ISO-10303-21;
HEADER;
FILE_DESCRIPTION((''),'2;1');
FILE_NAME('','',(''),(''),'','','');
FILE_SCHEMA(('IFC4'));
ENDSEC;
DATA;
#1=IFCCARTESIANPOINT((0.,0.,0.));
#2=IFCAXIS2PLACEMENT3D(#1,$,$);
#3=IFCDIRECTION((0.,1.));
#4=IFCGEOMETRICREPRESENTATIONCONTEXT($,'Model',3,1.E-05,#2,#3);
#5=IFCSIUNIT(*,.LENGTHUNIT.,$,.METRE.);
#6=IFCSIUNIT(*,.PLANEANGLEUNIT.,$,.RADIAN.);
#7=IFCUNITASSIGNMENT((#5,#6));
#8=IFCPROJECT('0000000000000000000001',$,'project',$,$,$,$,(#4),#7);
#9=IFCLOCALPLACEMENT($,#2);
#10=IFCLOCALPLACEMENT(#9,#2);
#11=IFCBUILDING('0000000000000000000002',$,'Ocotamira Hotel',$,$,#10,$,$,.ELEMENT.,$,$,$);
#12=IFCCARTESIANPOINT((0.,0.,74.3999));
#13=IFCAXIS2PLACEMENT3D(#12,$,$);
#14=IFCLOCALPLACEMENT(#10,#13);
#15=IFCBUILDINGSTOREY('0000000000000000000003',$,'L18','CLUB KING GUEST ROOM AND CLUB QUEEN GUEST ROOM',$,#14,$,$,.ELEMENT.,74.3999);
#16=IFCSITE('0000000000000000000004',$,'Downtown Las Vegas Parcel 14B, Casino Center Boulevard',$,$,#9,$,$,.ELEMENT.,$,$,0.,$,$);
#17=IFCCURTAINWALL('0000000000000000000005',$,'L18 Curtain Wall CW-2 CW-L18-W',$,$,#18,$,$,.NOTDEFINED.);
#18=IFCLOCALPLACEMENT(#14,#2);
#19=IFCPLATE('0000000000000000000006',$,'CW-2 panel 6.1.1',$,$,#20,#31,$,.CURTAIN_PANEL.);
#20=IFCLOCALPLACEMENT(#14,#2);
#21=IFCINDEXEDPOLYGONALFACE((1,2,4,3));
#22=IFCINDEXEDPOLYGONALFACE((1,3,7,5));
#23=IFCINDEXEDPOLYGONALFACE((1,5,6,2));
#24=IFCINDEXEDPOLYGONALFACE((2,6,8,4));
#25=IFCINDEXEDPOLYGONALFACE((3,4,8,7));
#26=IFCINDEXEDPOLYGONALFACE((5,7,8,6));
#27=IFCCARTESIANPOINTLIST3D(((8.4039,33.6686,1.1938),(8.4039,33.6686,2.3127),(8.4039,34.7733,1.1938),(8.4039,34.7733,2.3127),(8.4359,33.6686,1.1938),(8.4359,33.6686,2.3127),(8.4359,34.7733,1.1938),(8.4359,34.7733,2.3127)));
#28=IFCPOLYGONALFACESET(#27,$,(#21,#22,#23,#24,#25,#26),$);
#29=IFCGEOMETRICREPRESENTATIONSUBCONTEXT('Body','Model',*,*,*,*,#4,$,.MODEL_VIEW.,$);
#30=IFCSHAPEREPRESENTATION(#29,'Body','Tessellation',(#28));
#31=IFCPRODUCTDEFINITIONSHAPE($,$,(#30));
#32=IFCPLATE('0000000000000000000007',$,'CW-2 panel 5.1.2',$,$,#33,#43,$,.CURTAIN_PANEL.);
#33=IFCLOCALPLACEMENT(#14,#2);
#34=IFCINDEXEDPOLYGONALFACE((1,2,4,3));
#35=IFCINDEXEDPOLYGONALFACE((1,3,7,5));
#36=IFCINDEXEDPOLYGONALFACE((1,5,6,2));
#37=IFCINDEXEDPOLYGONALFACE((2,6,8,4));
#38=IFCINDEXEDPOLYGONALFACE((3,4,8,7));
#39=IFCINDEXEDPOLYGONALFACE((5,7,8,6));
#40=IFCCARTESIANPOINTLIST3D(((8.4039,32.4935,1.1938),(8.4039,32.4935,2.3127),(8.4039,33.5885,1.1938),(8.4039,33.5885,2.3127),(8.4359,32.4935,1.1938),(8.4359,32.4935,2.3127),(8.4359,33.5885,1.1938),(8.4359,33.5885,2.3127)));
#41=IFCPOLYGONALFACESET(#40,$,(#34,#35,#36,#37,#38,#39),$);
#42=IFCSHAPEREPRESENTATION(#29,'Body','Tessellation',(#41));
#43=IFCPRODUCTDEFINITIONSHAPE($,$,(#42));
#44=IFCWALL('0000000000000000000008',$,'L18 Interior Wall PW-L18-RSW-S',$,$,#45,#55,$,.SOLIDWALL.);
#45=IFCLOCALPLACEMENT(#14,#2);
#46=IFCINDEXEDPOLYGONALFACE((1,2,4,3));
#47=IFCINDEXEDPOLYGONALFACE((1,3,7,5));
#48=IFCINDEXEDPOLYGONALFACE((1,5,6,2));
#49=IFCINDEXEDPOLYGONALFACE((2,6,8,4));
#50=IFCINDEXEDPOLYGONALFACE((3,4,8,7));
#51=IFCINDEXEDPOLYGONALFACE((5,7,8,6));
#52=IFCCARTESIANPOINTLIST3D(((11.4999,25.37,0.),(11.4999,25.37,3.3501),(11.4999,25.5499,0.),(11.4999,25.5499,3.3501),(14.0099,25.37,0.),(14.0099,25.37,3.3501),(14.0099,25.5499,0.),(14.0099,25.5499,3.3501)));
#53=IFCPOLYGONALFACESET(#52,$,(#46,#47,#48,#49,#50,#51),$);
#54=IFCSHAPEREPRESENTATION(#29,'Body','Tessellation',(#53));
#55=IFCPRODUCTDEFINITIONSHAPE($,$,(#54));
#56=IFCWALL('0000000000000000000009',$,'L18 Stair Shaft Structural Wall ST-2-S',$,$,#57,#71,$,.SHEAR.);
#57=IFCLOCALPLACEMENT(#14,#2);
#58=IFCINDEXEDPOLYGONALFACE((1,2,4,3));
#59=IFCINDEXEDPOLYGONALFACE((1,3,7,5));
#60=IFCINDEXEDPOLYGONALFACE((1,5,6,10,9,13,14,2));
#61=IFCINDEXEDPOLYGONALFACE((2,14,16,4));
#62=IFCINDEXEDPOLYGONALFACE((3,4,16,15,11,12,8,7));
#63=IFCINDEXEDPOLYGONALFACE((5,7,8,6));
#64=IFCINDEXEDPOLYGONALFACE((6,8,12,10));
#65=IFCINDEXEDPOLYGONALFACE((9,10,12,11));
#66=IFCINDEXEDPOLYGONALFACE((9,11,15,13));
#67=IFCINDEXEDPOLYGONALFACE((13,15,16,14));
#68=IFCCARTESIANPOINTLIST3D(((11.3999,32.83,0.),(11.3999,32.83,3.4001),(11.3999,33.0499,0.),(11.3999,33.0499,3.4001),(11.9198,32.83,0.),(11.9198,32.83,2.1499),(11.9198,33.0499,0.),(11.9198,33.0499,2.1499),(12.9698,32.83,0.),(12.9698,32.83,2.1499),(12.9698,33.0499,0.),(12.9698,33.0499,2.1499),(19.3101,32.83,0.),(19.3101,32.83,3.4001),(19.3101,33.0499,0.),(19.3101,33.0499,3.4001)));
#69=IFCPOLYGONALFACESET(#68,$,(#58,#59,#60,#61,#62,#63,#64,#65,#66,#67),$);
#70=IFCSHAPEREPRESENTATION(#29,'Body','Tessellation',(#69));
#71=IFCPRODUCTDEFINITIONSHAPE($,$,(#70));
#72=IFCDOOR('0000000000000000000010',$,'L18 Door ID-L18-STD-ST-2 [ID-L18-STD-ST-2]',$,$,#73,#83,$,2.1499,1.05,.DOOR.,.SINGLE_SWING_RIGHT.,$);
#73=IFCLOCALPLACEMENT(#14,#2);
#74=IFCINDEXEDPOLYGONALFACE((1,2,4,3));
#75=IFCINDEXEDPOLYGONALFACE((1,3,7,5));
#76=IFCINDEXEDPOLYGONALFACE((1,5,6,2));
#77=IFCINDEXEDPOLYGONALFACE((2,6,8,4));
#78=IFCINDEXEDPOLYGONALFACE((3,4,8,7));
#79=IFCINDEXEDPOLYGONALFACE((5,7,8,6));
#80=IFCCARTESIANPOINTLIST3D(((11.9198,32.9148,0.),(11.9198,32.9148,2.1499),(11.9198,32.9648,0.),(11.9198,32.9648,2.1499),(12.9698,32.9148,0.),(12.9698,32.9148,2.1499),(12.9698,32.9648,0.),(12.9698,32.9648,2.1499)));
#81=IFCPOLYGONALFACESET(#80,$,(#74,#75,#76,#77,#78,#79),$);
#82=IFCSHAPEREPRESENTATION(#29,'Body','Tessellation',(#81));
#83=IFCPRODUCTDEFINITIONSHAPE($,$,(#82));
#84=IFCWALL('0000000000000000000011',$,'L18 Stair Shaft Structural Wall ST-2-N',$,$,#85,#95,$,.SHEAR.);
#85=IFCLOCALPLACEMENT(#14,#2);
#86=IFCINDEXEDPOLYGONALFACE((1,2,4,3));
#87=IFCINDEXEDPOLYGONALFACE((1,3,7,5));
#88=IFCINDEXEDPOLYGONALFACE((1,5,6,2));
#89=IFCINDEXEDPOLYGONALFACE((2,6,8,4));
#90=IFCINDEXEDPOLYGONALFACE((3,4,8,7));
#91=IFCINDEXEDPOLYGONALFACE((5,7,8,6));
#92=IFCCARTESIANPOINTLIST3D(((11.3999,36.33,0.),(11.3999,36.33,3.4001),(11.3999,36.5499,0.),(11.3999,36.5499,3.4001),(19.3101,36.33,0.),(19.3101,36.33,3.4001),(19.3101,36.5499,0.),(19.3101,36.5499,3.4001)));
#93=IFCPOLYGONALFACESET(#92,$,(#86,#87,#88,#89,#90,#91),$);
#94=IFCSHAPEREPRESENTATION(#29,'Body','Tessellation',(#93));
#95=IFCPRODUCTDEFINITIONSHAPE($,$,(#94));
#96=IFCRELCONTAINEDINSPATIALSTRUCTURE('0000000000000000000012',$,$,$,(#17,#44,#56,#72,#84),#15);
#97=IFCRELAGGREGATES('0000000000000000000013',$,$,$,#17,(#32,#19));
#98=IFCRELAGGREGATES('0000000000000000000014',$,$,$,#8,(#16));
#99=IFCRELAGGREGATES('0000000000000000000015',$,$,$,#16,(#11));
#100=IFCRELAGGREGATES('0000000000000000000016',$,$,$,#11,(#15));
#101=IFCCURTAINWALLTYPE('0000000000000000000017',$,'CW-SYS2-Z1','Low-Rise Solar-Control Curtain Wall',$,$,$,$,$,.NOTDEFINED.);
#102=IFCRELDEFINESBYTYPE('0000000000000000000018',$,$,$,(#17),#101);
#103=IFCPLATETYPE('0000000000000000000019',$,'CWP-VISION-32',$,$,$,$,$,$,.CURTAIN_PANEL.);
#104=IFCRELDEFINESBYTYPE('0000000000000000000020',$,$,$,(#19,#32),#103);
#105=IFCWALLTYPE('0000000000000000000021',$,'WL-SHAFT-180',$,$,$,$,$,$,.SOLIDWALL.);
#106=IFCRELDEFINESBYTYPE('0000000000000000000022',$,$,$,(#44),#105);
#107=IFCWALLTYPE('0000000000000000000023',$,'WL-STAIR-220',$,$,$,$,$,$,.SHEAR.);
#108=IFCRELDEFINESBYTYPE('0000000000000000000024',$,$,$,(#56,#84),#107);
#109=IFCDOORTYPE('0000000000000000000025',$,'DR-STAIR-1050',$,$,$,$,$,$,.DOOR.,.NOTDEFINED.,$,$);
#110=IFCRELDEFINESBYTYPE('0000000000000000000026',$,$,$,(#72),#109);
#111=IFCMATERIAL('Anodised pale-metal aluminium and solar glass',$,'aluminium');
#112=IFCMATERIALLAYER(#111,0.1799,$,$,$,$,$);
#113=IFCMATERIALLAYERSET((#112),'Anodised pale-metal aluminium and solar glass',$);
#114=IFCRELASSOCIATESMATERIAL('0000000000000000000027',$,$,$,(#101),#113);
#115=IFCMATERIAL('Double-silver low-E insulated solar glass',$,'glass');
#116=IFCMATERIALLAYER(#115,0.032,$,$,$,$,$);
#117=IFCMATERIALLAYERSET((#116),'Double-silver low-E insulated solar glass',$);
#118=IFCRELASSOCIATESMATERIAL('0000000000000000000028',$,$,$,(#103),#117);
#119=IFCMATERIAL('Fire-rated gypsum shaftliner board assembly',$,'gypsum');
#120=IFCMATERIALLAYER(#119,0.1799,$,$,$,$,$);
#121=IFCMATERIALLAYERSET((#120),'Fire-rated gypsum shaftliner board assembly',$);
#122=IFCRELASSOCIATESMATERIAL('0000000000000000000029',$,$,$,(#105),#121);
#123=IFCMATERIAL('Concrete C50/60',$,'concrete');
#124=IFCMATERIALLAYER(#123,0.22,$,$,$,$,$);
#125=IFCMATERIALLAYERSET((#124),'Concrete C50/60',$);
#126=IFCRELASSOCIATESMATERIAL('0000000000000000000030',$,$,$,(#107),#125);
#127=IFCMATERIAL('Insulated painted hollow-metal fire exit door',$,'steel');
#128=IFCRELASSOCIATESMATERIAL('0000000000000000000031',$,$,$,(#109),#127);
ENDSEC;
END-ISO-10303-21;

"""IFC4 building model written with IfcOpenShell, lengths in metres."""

from ifc_helpers import new_model, si_unit, direction, frame, frame_2d, origin, origin_2d, place, context, subcontext, project, spatial, rectangle, extrude, source, transform, mapped, material, layer, layer_set, type_object, element, fill, aggregate, save


model = new_model("IFC4")

# Units and contexts
model_context = context("Model", 3, precision=1e-05, world=origin(), true_north=direction((0.0, 1.0)))
body_context = subcontext(model_context, "Body", "Model", "MODEL_VIEW")
ifc_project = project(units=[si_unit("LENGTHUNIT", "METRE"), si_unit("PLANEANGLEUNIT", "RADIAN")], contexts=[model_context])

# Site, building, storey
site_placement = place(None, origin())
site = spatial("IfcSite", under=ifc_project, at=site_placement, Name="Downtown Las Vegas Parcel 14B, Casino Center Boulevard", CompositionType="ELEMENT", RefElevation=0.0)
building_placement = place(site_placement, origin())
building = spatial("IfcBuilding", under=site, at=building_placement, Name="Ocotamira Hotel", CompositionType="ELEMENT")
storey_placement = place(building_placement, frame((0.0, 0.0, 74.3999)))
storey = spatial("IfcBuildingStorey", under=building, at=storey_placement, Name="L18", Description="CLUB KING GUEST ROOM AND CLUB QUEEN GUEST ROOM", CompositionType="ELEMENT", Elevation=74.3999)

# Curtain wall
ifc_material_1 = material(Name="Anodised pale-metal aluminium and solar glass", Category="aluminium")
ifc_layer_1 = layer(ifc_material_1, 0.1799)
ifc_layer_set_1 = layer_set([ifc_layer_1], Name="Anodised pale-metal aluminium and solar glass")
curtain_wall_type = type_object("IfcCurtainWallType", Name="CW-SYS2-Z1", Description="Low-Rise Solar-Control Curtain Wall", PredefinedType="NOTDEFINED", material=ifc_layer_set_1)
curtain_wall_placement = place(storey_placement, origin())
curtain_wall = element("IfcCurtainWall", 1, at=curtain_wall_placement, inside=storey, type_object=curtain_wall_type, Name="L18 Curtain Wall CW-2 CW-L18-W", PredefinedType="NOTDEFINED")

# Plates
ifc_material_2 = material(Name="Double-silver low-E insulated solar glass", Category="glass")
ifc_layer_2 = layer(ifc_material_2, 0.032)
ifc_layer_set_2 = layer_set([ifc_layer_2], Name="Double-silver low-E insulated solar glass")
plate_type_1 = type_object("IfcPlateType", Name="CWP-VISION-32", PredefinedType="CURTAIN_PANEL", material=ifc_layer_set_2)
shared_shape_1 = source(origin(), body_context, "Body", "SweptSolid", [
    extrude(rectangle(XDim=1.1047, YDim=0.032, at=origin_2d()), origin(), (0.0, 0.0, 1.0), 1.1189),
])
plate_1_placement = place(storey_placement, frame((8.4199, 34.2209, 1.1938), z_axis=(0.0, 0.0, 1.0), x_axis=(0.0, 1.0, 0.0)))
plate_1 = element("IfcPlate", 2, at=plate_1_placement, type_object=plate_type_1, Name="CW-2 panel 6.1.1", PredefinedType="CURTAIN_PANEL", context=body_context, shape_type="MappedRepresentation", body=[
    mapped(shared_shape_1, transform((0.0, 0.0, 0.0), scale=1.0)),
])
shared_shape_2 = source(origin(), body_context, "Body", "SweptSolid", [
    extrude(rectangle(XDim=1.095, YDim=0.032, at=origin_2d()), origin(), (0.0, 0.0, 1.0), 1.1189),
])
plate_2_placement = place(storey_placement, frame((8.4199, 33.041, 1.1938), z_axis=(0.0, 0.0, 1.0), x_axis=(0.0, 1.0, 0.0)))
plate_2 = element("IfcPlate", 3, at=plate_2_placement, type_object=plate_type_1, Name="CW-2 panel 5.1.2", PredefinedType="CURTAIN_PANEL", context=body_context, shape_type="MappedRepresentation", body=[
    mapped(shared_shape_2, transform((0.0, 0.0, 0.0), scale=1.0)),
])
aggregate(curtain_wall, [plate_2, plate_1])

# Wall
ifc_material_3 = material(Name="Fire-rated gypsum shaftliner board assembly", Category="gypsum")
ifc_layer_3 = layer(ifc_material_3, 0.1799)
ifc_layer_set_3 = layer_set([ifc_layer_3], Name="Fire-rated gypsum shaftliner board assembly")
wall_type_1 = type_object("IfcWallType", Name="WL-SHAFT-180", PredefinedType="SOLIDWALL", material=ifc_layer_set_3)
wall_1_placement = place(storey_placement, frame((11.5, 25.46, 0.0), z_axis=(0.0, 0.0, 1.0), x_axis=(1.0, 0.0, 0.0)))
element("IfcWall", 4, at=wall_1_placement, inside=storey, type_object=wall_type_1, Name="L18 Interior Wall PW-L18-RSW-S", PredefinedType="SOLIDWALL", context=body_context, shape_type="SweptSolid", body=[
    extrude(rectangle(XDim=2.51, YDim=0.1799, at=frame_2d((1.2549, 0.0))), origin(), (0.0, 0.0, 1.0), 3.3501),
])

# Wall, opening, door
ifc_material_4 = material(Name="Concrete C50/60", Category="concrete")
ifc_layer_4 = layer(ifc_material_4, 0.22)
ifc_layer_set_4 = layer_set([ifc_layer_4], Name="Concrete C50/60")
wall_type_2 = type_object("IfcWallType", Name="WL-STAIR-220", PredefinedType="SHEAR", material=ifc_layer_set_4)
wall_2_placement = place(storey_placement, frame((11.3999, 32.9399, 0.0), z_axis=(0.0, 0.0, 1.0), x_axis=(1.0, 0.0, 0.0)))
wall_2 = element("IfcWall", 5, at=wall_2_placement, inside=storey, type_object=wall_type_2, Name="L18 Stair Shaft Structural Wall ST-2-S", PredefinedType="SHEAR", context=body_context, shape_type="SweptSolid", body=[
    extrude(rectangle(XDim=7.9102, YDim=0.22, at=frame_2d((3.9551, 0.0))), origin(), (0.0, 0.0, 1.0), 3.4001),
])
opening_1_placement = place(wall_2_placement, frame((0.52, 0.0, 0.0)))
opening_1 = element("IfcOpeningElement", 6, at=opening_1_placement, cuts=wall_2, PredefinedType="OPENING", context=body_context, shape_type="SweptSolid", body=[
    extrude(rectangle(XDim=1.05, YDim=2.1499, at=frame_2d((0.5249, 1.075))), frame((0.0, 0.1201, 0.0), z_axis=(0.0, -1.0, 0.0), x_axis=(1.0, 0.0, 0.0)), (0.0, 0.0, 1.0), 0.24),
])
ifc_material_5 = material(Name="Insulated painted hollow-metal fire exit door", Category="steel")
door_type_1 = type_object("IfcDoorType", Name="DR-STAIR-1050", OperationType="NOTDEFINED", PredefinedType="DOOR", material=ifc_material_5)
shared_shape_3 = source(origin(), body_context, "Body", "SweptSolid", [
    extrude(rectangle(XDim=1.05, YDim=2.1499, at=frame_2d((0.5249, 1.075))), frame((0.0, 0.0249, 0.0), z_axis=(0.0, -1.0, 0.0), x_axis=(1.0, 0.0, 0.0)), (0.0, 0.0, 1.0), 0.05),
])
door_1_placement = place(opening_1_placement, origin())
door_1 = element("IfcDoor", 7, at=door_1_placement, inside=storey, type_object=door_type_1, Name="L18 Door ID-L18-STD-ST-2 [ID-L18-STD-ST-2]", OperationType="SINGLE_SWING_RIGHT", OverallHeight=2.1499, OverallWidth=1.05, PredefinedType="DOOR", context=body_context, shape_type="MappedRepresentation", body=[
    mapped(shared_shape_3, transform((0.0, 0.0, 0.0), scale=1.0)),
])
fill(opening_1, door_1)

# Wall
wall_3_placement = place(storey_placement, frame((11.3999, 36.4399, 0.0), z_axis=(0.0, 0.0, 1.0), x_axis=(1.0, 0.0, 0.0)))
element("IfcWall", 8, at=wall_3_placement, inside=storey, type_object=wall_type_2, Name="L18 Stair Shaft Structural Wall ST-2-N", PredefinedType="SHEAR", context=body_context, shape_type="SweptSolid", body=[
    extrude(rectangle(XDim=7.9102, YDim=0.22, at=frame_2d((3.9551, 0.0))), origin(), (0.0, 0.0, 1.0), 3.4001),
])

save(model, "model.ifc")
